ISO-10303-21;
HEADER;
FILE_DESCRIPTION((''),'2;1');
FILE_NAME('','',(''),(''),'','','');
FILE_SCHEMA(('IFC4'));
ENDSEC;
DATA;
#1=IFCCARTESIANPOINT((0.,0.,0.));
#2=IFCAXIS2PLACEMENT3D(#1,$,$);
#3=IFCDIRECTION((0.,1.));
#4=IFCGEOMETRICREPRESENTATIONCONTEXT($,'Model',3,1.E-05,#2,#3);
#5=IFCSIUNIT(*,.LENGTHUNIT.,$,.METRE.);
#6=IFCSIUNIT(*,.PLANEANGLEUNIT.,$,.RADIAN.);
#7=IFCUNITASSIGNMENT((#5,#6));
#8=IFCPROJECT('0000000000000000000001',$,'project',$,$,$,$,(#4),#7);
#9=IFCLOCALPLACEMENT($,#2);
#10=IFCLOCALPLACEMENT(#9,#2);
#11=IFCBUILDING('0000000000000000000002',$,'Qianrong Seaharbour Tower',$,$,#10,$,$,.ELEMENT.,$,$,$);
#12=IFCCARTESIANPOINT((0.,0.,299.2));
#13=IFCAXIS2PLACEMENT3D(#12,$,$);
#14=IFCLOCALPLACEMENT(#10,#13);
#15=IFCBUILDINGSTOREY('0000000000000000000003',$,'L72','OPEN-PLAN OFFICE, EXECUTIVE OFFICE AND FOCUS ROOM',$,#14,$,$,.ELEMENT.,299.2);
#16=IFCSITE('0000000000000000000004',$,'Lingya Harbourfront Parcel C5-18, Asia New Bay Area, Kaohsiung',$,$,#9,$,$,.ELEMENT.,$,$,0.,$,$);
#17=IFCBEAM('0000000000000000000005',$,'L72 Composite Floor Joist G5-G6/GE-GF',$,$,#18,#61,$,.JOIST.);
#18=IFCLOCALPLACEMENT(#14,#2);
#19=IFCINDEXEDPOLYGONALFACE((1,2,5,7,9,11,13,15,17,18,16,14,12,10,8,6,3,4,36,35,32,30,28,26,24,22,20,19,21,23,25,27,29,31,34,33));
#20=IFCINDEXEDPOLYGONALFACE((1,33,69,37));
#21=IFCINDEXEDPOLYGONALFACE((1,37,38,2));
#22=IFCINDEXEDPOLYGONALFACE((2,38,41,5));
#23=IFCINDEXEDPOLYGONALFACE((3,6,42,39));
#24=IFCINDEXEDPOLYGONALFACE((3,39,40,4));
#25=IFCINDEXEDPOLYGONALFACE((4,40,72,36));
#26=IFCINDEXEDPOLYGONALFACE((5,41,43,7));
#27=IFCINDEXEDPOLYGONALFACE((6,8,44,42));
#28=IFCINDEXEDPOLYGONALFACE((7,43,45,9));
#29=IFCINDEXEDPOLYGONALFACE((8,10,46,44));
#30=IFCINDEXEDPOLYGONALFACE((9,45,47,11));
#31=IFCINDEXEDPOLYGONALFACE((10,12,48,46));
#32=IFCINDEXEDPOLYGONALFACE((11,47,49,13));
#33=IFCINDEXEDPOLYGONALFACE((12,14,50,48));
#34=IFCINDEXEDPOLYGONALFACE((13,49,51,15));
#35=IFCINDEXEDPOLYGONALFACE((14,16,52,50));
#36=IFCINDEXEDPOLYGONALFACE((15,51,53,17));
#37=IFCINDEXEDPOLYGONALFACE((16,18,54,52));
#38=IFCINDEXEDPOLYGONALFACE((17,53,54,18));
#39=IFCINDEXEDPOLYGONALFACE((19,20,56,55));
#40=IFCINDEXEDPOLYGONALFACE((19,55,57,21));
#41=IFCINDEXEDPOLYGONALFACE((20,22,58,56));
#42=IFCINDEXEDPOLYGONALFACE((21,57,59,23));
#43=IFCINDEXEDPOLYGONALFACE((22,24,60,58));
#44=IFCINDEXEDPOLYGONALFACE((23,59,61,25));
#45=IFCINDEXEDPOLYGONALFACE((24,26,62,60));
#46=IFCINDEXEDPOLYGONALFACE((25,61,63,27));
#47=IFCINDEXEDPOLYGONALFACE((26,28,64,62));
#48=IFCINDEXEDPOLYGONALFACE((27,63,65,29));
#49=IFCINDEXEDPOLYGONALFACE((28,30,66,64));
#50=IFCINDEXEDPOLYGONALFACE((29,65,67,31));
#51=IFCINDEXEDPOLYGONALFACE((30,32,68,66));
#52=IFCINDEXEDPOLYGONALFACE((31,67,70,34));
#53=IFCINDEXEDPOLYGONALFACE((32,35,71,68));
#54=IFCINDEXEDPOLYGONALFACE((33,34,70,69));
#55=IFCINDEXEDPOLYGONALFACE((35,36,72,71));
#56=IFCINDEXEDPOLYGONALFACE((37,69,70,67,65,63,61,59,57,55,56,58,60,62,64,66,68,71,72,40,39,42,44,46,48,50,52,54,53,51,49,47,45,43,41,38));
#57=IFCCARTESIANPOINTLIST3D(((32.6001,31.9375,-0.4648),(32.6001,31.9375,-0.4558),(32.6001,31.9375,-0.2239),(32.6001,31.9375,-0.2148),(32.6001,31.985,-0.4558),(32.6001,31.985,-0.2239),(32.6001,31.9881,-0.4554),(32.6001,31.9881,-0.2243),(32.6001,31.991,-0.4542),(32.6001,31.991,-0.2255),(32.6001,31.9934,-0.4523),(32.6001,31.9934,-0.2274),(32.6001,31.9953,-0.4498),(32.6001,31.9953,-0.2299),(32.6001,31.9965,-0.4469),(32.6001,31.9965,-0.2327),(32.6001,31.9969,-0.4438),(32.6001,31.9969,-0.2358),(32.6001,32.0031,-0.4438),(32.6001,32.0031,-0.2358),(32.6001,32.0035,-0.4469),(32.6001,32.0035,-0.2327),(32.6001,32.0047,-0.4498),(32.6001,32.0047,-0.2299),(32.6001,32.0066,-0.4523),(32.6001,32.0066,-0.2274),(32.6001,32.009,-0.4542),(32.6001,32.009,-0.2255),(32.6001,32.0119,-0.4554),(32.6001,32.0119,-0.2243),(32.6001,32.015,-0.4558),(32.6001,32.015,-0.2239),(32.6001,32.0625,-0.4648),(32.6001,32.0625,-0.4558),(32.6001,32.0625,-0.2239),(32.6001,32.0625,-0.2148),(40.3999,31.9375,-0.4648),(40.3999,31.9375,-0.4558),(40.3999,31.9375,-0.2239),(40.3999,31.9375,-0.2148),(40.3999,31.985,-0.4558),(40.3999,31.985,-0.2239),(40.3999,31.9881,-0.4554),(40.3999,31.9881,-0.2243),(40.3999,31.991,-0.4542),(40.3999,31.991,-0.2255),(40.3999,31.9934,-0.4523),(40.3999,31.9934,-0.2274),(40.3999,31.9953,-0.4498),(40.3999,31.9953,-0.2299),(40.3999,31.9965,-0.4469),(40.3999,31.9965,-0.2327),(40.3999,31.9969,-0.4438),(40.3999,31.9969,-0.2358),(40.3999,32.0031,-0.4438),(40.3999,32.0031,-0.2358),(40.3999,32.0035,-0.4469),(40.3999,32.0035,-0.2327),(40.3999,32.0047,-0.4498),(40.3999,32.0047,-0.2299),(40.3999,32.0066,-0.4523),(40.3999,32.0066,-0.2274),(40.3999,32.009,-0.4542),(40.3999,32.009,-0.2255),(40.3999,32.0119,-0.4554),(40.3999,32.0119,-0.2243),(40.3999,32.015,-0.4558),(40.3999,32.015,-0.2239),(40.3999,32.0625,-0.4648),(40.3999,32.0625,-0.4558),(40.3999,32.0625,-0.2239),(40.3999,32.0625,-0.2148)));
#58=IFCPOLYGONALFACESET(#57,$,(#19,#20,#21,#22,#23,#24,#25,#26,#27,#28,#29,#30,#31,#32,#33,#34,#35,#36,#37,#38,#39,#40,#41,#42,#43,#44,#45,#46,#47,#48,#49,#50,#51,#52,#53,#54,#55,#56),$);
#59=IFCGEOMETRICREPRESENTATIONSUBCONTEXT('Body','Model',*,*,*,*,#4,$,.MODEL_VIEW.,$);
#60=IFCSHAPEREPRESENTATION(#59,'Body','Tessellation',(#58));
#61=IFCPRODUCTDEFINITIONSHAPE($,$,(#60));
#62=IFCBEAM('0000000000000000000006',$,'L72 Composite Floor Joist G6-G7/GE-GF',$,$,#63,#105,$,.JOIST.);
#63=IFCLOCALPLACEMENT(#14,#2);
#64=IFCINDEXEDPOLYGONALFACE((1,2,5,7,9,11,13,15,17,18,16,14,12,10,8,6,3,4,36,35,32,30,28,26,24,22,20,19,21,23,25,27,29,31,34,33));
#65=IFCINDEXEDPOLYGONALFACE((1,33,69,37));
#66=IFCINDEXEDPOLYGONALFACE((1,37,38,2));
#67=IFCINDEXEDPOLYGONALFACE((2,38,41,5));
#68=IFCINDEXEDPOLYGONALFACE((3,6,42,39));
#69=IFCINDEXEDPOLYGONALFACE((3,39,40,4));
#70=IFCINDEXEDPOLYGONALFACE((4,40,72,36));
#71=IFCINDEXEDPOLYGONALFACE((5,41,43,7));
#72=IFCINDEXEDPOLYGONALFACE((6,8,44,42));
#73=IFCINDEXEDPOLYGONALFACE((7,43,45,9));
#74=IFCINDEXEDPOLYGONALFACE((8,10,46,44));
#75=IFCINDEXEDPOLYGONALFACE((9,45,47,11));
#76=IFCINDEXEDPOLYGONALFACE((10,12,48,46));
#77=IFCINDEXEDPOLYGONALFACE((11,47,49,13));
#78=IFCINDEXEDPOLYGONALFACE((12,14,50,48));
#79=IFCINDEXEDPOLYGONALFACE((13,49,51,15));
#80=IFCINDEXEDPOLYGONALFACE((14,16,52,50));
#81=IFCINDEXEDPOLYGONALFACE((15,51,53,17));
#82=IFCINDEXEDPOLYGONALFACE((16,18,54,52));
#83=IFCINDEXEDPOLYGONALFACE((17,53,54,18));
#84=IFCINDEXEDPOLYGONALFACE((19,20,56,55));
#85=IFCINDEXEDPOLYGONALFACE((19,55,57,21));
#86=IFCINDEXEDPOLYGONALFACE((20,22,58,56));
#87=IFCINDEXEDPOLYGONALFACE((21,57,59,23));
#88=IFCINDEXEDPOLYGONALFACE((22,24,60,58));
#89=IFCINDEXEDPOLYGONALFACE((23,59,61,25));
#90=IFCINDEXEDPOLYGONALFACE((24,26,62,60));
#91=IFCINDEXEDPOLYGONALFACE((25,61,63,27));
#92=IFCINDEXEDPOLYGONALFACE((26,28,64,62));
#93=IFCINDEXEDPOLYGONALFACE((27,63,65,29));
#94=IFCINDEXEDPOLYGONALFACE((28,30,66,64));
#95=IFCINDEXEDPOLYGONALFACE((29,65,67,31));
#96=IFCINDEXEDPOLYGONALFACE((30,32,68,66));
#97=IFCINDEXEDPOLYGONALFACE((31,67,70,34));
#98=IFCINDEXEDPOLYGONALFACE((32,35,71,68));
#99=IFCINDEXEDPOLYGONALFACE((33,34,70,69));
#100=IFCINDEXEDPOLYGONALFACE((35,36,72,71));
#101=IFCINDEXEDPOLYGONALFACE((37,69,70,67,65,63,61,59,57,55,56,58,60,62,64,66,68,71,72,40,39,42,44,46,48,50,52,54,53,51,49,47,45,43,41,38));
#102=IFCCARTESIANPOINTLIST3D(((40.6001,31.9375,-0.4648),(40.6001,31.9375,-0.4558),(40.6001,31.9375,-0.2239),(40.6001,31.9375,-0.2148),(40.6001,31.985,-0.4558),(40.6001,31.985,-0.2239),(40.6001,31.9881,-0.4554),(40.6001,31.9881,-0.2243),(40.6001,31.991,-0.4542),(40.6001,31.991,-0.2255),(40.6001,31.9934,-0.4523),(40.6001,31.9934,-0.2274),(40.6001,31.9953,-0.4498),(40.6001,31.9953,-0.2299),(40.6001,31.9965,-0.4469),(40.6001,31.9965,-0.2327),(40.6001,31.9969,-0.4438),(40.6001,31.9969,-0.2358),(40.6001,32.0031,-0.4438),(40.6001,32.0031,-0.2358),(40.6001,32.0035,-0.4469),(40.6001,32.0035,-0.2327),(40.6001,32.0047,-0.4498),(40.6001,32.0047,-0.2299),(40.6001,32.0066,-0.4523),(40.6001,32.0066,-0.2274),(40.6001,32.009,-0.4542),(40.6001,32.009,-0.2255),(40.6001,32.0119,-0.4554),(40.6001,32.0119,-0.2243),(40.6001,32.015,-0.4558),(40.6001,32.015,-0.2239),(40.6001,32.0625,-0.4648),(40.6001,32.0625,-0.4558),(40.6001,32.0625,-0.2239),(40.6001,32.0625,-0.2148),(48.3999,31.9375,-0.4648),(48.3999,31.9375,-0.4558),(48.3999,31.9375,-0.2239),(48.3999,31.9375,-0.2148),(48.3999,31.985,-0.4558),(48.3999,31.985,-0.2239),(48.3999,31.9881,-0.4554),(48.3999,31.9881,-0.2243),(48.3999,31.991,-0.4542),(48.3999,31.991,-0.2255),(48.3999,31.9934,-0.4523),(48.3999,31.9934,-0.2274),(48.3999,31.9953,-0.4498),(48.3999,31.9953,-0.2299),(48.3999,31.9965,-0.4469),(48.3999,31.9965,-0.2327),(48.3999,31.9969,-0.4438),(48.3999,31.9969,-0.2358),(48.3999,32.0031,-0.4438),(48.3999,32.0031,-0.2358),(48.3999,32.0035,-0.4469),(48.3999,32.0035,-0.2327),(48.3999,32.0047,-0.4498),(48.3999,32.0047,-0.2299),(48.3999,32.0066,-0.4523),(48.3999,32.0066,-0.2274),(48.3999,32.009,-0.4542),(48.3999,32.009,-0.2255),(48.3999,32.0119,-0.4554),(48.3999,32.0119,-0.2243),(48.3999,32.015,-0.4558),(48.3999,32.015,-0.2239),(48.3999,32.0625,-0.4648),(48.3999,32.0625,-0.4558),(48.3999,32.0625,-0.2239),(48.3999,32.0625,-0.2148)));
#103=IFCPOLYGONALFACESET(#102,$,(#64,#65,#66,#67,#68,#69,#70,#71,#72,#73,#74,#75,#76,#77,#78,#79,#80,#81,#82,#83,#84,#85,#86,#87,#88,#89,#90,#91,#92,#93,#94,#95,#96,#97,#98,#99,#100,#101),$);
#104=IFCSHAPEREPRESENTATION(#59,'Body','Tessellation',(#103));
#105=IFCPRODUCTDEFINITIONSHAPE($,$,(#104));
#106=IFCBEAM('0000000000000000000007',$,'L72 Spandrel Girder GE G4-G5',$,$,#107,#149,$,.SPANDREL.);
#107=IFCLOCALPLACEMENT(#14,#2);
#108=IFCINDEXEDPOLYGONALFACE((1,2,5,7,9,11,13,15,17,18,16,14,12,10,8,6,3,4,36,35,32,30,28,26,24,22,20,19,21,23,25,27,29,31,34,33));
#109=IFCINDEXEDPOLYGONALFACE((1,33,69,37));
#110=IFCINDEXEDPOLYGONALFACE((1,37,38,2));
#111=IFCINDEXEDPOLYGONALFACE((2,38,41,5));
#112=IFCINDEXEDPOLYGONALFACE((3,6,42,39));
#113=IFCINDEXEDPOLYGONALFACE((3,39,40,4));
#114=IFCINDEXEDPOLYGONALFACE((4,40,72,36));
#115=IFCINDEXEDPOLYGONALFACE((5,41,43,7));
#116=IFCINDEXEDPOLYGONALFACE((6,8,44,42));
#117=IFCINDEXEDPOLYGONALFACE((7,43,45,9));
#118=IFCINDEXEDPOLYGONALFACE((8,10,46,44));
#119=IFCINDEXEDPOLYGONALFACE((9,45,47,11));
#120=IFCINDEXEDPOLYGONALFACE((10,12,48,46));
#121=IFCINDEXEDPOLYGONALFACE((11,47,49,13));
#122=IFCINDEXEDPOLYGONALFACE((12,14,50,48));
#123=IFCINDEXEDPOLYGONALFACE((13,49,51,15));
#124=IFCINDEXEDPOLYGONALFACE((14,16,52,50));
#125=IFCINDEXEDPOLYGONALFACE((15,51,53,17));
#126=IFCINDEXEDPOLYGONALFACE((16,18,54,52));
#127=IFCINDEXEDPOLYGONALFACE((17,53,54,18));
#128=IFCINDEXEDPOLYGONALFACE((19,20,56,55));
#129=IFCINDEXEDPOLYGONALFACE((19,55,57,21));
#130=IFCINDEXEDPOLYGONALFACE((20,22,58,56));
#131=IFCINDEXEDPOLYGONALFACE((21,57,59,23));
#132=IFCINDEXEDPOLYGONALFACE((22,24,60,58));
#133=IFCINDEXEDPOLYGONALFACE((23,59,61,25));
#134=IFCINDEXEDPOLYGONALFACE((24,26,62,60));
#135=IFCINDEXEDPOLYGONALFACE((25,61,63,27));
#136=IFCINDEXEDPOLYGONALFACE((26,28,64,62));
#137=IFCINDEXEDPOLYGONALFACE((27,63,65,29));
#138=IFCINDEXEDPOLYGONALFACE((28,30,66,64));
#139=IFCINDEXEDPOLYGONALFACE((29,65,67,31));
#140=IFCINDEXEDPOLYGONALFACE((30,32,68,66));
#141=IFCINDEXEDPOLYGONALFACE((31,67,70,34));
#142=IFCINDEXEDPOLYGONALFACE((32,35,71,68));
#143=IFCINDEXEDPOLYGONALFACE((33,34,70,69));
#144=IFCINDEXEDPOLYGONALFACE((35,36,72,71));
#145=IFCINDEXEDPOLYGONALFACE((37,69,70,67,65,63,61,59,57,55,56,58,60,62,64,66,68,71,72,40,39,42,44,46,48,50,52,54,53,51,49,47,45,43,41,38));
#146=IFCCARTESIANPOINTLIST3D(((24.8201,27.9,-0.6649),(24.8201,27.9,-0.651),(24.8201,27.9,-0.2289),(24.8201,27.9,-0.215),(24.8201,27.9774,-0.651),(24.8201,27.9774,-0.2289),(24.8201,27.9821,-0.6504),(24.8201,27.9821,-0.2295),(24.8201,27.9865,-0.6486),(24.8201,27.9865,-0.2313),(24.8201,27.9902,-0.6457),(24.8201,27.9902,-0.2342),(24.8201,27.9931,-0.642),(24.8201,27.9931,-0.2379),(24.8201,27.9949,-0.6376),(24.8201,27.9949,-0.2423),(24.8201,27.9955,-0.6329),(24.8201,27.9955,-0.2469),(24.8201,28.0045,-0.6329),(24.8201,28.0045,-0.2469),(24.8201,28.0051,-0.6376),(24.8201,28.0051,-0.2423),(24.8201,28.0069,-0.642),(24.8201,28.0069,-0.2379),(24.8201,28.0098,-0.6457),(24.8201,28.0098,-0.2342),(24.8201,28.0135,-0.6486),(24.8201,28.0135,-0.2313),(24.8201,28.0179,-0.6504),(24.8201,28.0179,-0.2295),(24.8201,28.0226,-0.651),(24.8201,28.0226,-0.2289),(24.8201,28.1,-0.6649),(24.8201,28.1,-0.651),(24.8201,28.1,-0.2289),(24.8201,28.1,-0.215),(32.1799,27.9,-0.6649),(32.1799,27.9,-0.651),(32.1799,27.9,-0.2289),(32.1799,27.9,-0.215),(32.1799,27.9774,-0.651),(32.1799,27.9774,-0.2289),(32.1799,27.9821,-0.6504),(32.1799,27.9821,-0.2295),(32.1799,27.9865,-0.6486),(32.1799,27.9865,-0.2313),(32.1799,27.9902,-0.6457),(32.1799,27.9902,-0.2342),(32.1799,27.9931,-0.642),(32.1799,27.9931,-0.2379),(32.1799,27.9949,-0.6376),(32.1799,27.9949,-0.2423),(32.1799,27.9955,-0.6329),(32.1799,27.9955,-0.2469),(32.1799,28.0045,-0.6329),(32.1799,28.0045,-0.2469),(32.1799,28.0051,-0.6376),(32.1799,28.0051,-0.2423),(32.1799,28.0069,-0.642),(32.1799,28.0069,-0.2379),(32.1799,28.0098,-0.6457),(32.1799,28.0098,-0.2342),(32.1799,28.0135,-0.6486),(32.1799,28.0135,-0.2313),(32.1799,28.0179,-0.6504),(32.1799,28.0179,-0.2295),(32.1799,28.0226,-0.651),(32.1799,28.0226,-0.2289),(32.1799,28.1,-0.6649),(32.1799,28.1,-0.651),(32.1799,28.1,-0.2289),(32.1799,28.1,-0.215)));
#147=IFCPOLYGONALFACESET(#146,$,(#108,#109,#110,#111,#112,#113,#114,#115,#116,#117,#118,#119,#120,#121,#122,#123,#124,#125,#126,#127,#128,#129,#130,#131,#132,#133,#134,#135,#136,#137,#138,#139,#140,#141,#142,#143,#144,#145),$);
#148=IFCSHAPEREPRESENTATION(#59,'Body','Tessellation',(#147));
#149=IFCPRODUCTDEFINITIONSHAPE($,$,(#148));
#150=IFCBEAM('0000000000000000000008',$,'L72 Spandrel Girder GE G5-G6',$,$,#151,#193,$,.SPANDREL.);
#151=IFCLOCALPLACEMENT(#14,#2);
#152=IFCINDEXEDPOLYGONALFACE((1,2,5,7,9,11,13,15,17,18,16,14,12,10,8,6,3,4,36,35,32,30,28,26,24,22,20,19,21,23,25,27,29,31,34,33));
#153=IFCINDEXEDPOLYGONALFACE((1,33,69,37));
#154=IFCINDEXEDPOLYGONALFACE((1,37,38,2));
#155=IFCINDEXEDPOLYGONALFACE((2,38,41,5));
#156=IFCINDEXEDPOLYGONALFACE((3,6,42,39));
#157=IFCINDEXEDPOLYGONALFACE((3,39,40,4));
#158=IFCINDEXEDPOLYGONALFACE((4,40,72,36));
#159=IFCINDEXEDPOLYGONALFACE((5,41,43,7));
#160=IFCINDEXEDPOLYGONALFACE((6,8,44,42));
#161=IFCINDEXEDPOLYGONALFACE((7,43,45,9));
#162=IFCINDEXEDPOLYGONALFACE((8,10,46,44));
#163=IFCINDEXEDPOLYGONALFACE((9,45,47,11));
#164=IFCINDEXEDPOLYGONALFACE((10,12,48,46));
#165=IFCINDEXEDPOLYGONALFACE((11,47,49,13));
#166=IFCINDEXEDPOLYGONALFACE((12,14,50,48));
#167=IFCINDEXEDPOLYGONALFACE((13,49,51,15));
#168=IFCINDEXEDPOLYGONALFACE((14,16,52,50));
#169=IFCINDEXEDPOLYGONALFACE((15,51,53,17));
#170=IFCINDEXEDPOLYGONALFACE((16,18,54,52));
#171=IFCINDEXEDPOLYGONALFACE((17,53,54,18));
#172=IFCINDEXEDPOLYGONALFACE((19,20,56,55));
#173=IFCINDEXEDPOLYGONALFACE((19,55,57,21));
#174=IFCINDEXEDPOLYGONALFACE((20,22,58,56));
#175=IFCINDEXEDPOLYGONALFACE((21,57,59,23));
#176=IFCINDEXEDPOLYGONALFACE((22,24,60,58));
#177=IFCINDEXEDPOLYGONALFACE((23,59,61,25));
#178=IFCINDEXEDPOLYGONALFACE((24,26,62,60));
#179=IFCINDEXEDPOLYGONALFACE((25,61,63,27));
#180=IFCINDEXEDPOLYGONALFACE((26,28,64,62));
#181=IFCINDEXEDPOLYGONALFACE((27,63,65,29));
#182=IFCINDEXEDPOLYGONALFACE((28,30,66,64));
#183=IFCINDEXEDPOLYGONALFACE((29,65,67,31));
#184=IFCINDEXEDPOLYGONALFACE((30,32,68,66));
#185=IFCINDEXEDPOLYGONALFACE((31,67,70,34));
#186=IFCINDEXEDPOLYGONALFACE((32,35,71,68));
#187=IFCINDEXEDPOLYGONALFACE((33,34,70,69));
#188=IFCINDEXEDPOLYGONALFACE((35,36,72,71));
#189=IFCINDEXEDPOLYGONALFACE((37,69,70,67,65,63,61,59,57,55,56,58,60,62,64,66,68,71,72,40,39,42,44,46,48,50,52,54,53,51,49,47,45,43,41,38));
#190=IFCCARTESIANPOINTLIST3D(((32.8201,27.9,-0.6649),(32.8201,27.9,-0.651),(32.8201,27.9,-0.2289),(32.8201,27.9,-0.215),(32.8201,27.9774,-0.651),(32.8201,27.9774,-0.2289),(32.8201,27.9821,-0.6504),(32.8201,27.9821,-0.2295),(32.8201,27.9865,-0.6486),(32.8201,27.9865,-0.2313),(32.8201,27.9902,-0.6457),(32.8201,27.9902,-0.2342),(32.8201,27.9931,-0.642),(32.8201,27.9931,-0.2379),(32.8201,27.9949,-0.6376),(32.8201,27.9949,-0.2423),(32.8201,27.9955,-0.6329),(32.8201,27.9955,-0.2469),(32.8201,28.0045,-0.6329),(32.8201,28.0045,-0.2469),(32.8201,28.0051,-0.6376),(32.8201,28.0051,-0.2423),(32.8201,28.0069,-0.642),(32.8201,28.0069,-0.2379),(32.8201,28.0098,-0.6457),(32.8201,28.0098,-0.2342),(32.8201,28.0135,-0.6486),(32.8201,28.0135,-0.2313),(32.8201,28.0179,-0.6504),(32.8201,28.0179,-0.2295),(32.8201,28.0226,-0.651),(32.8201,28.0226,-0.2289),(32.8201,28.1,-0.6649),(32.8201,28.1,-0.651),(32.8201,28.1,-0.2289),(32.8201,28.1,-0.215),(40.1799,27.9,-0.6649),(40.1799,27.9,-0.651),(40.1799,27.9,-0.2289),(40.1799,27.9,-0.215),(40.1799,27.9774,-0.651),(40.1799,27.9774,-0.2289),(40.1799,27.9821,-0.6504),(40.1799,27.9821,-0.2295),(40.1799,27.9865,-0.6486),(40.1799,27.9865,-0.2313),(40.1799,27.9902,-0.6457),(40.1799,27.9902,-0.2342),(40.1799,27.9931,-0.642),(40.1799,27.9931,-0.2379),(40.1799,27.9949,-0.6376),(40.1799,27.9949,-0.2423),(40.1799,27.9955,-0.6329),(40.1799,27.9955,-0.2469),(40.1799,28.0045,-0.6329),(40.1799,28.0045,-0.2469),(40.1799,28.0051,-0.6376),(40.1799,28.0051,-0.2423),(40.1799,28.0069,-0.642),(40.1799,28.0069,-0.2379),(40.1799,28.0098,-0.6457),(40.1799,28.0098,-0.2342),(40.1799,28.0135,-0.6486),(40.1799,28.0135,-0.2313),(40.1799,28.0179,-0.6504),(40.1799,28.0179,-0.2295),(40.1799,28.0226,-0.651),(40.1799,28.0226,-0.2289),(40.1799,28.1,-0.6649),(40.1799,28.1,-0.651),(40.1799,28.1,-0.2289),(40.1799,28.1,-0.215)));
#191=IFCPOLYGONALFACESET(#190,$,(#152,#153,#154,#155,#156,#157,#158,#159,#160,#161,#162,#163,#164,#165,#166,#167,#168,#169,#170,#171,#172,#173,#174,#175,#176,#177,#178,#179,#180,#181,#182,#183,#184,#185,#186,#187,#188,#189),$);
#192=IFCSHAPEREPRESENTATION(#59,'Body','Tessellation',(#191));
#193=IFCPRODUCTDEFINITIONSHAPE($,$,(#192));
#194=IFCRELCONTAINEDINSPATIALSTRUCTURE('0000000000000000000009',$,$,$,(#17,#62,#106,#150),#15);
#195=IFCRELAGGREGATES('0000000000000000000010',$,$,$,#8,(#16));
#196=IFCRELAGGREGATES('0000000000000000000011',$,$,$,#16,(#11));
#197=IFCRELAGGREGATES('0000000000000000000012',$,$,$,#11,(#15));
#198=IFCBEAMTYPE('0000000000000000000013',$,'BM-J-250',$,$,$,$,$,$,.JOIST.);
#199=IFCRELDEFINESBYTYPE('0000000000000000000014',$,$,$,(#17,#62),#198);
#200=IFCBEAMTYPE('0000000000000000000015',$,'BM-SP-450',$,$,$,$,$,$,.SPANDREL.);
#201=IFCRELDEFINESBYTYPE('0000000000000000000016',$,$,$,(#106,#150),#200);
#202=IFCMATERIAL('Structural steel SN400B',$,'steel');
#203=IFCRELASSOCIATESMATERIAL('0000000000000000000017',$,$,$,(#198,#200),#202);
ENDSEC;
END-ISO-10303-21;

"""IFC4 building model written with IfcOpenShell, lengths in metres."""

from ifc_helpers import new_model, si_unit, direction, frame, origin, origin_2d, place, context, subcontext, project, spatial, i_section, extrude, material, material_profile, profile_set, type_object, element, save


model = new_model("IFC4")

# Units and contexts
model_context = context("Model", 3, precision=1e-05, world=origin(), true_north=direction((0.0, 1.0)))
body_context = subcontext(model_context, "Body", "Model", "MODEL_VIEW")
ifc_project = project(units=[si_unit("LENGTHUNIT", "METRE"), si_unit("PLANEANGLEUNIT", "RADIAN")], contexts=[model_context])

# Site, building, storey
site_placement = place(None, origin())
site = spatial("IfcSite", under=ifc_project, at=site_placement, Name="Lingya Harbourfront Parcel C5-18, Asia New Bay Area, Kaohsiung", CompositionType="ELEMENT", RefElevation=0.0)
building_placement = place(site_placement, origin())
building = spatial("IfcBuilding", under=site, at=building_placement, Name="Qianrong Seaharbour Tower", CompositionType="ELEMENT")
storey_placement = place(building_placement, frame((0.0, 0.0, 299.2)))
storey = spatial("IfcBuildingStorey", under=building, at=storey_placement, Name="L72", Description="OPEN-PLAN OFFICE, EXECUTIVE OFFICE AND FOCUS ROOM", CompositionType="ELEMENT", Elevation=299.2)

# Beams
ifc_material_1 = material(Name="Structural steel SN400B", Category="steel")
ifc_material_profile_1 = material_profile(ifc_material_1, i_section(OverallWidth=0.125, OverallDepth=0.25, WebThickness=0.0061, FlangeThickness=0.009, FilletRadius=0.012, at=origin_2d()), Name="H250x125x6x9")
ifc_profile_set_1 = profile_set([ifc_material_profile_1], Name="Structural steel SN400B")
beam_type_1 = type_object("IfcBeamType", Name="BM-J-250", PredefinedType="JOIST", material=ifc_profile_set_1)
for number, where, z_axis, x_axis, name in (
    (1, (32.6001, 32.0, -0.3398), (1.0, 0.0, 0.0), (0.0, 1.0, 0.0), "L72 Composite Floor Joist G5-G6/GE-GF"),
    (2, (40.6001, 32.0, -0.3398), (1.0, 0.0, 0.0), (0.0, 1.0, 0.0), "L72 Composite Floor Joist G6-G7/GE-GF"),
):
    element("IfcBeam", number, at=place(storey_placement, frame(where, z_axis=z_axis, x_axis=x_axis)), inside=storey, type_object=beam_type_1, Name=name, PredefinedType="JOIST", context=body_context, shape_type="SweptSolid", body=[
        extrude(i_section(OverallWidth=0.125, OverallDepth=0.25, WebThickness=0.0061, FlangeThickness=0.009, FilletRadius=0.012, at=origin_2d()), origin(), (0.0, 0.0, 1.0), 7.7998),
    ])
ifc_material_profile_2 = material_profile(ifc_material_1, i_section(OverallWidth=0.2, OverallDepth=0.45, WebThickness=0.009, FlangeThickness=0.0139, FilletRadius=0.0181, at=origin_2d()), Name="H450x200x9x14")
ifc_profile_set_2 = profile_set([ifc_material_profile_2], Name="Structural steel SN400B")
beam_type_2 = type_object("IfcBeamType", Name="BM-SP-450", PredefinedType="SPANDREL", material=ifc_profile_set_2)
for number, where, z_axis, x_axis, name in (
    (3, (24.8201, 28.0, -0.4399), (1.0, 0.0, 0.0), (0.0, 1.0, 0.0), "L72 Spandrel Girder GE G4-G5"),
    (4, (32.8201, 28.0, -0.4399), (1.0, 0.0, 0.0), (0.0, 1.0, 0.0), "L72 Spandrel Girder GE G5-G6"),
):
    element("IfcBeam", number, at=place(storey_placement, frame(where, z_axis=z_axis, x_axis=x_axis)), inside=storey, type_object=beam_type_2, Name=name, PredefinedType="SPANDREL", context=body_context, shape_type="SweptSolid", body=[
        extrude(i_section(OverallWidth=0.2, OverallDepth=0.45, WebThickness=0.009, FlangeThickness=0.0139, FilletRadius=0.0181, at=origin_2d()), origin(), (0.0, 0.0, 1.0), 7.3599),
    ])

save(model, "model.ifc")
